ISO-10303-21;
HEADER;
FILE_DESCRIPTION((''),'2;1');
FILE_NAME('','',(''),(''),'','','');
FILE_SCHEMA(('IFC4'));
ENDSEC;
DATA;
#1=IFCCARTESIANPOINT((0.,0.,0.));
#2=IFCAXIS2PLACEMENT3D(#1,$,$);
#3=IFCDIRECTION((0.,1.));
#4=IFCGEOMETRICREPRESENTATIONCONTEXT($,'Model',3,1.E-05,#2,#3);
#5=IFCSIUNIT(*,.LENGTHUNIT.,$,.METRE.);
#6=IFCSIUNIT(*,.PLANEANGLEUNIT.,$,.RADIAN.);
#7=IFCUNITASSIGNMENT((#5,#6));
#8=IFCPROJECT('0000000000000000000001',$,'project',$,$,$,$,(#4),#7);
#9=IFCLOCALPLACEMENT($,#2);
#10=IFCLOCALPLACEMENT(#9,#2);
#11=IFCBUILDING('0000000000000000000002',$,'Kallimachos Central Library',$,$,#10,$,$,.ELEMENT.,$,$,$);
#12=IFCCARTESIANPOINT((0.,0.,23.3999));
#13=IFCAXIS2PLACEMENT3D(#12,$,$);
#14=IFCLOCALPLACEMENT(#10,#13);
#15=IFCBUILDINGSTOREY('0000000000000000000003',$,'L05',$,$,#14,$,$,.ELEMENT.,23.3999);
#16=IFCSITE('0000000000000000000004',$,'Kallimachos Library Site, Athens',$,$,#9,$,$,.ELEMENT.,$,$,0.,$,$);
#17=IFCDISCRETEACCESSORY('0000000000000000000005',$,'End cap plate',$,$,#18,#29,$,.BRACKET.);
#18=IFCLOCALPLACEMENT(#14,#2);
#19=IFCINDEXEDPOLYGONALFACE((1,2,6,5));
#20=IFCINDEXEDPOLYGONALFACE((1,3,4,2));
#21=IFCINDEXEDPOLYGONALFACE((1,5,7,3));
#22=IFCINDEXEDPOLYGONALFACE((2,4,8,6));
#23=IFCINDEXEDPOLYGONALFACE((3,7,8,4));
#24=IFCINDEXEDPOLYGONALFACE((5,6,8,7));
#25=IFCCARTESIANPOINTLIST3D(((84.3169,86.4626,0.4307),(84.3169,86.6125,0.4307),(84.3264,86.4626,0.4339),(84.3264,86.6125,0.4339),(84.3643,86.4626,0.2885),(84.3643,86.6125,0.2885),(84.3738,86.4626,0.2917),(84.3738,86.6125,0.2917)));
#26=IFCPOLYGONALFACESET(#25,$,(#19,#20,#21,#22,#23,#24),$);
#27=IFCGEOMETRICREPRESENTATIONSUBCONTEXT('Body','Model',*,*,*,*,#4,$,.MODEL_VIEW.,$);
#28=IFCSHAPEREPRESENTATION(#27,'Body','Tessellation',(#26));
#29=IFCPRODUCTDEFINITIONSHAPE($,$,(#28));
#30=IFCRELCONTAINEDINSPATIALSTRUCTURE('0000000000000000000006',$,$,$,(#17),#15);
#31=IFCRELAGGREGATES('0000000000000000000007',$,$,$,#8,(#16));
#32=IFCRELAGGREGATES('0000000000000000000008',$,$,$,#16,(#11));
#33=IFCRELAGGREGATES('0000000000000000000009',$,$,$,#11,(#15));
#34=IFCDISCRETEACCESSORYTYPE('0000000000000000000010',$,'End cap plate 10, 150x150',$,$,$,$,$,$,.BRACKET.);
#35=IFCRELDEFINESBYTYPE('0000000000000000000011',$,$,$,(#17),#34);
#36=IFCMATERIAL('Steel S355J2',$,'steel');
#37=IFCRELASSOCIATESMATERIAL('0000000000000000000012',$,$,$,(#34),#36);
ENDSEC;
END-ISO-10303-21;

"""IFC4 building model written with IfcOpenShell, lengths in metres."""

from ifc_helpers import new_model, si_unit, direction, frame, origin, origin_2d, place, context, subcontext, project, spatial, rectangle, extrude, material, material_profile, profile_set, type_object, element, save


model = new_model("IFC4")

# Units and contexts
model_context = context("Model", 3, precision=1e-05, world=origin(), true_north=direction((0.0, 1.0)))
body_context = subcontext(model_context, "Body", "Model", "MODEL_VIEW")
ifc_project = project(units=[si_unit("LENGTHUNIT", "METRE"), si_unit("PLANEANGLEUNIT", "RADIAN")], contexts=[model_context])

# Site, building, storey
site_placement = place(None, origin())
site = spatial("IfcSite", under=ifc_project, at=site_placement, Name="Kallimachos Library Site, Athens", CompositionType="ELEMENT", RefElevation=0.0)
building_placement = place(site_placement, origin())
building = spatial("IfcBuilding", under=site, at=building_placement, Name="Kallimachos Central Library", CompositionType="ELEMENT")
storey_placement = place(building_placement, frame((0.0, 0.0, 23.3999)))
storey = spatial("IfcBuildingStorey", under=building, at=storey_placement, Name="L05", CompositionType="ELEMENT", Elevation=23.3999)

# Discrete accessory
ifc_material_1 = material(Name="Steel S355J2", Category="steel")
ifc_material_profile_1 = material_profile(ifc_material_1, rectangle(XDim=0.1499, YDim=0.1499, at=origin_2d()), Name="End cap plate 10, 150x150")
ifc_profile_set_1 = profile_set([ifc_material_profile_1], Name="Steel S355J2")
discrete_accessory_type = type_object("IfcDiscreteAccessoryType", Name="End cap plate 10, 150x150", PredefinedType="BRACKET", material=ifc_profile_set_1)
for number, where, z_axis, x_axis, name in (
    (1, (84.3406, 86.5376, 0.3596), (0.948683, 0.0, 0.316228), (0.0, 1.0, 0.0), "End cap plate"),
):
    element("IfcDiscreteAccessory", number, at=place(storey_placement, frame(where, z_axis=z_axis, x_axis=x_axis)), inside=storey, type_object=discrete_accessory_type, Name=name, PredefinedType="BRACKET", context=body_context, shape_type="SweptSolid", body=[
        extrude(rectangle(XDim=0.1499, YDim=0.1499, at=origin_2d()), origin(), (0.0, 0.0, 1.0), 0.01),
    ])

save(model, "model.ifc")
